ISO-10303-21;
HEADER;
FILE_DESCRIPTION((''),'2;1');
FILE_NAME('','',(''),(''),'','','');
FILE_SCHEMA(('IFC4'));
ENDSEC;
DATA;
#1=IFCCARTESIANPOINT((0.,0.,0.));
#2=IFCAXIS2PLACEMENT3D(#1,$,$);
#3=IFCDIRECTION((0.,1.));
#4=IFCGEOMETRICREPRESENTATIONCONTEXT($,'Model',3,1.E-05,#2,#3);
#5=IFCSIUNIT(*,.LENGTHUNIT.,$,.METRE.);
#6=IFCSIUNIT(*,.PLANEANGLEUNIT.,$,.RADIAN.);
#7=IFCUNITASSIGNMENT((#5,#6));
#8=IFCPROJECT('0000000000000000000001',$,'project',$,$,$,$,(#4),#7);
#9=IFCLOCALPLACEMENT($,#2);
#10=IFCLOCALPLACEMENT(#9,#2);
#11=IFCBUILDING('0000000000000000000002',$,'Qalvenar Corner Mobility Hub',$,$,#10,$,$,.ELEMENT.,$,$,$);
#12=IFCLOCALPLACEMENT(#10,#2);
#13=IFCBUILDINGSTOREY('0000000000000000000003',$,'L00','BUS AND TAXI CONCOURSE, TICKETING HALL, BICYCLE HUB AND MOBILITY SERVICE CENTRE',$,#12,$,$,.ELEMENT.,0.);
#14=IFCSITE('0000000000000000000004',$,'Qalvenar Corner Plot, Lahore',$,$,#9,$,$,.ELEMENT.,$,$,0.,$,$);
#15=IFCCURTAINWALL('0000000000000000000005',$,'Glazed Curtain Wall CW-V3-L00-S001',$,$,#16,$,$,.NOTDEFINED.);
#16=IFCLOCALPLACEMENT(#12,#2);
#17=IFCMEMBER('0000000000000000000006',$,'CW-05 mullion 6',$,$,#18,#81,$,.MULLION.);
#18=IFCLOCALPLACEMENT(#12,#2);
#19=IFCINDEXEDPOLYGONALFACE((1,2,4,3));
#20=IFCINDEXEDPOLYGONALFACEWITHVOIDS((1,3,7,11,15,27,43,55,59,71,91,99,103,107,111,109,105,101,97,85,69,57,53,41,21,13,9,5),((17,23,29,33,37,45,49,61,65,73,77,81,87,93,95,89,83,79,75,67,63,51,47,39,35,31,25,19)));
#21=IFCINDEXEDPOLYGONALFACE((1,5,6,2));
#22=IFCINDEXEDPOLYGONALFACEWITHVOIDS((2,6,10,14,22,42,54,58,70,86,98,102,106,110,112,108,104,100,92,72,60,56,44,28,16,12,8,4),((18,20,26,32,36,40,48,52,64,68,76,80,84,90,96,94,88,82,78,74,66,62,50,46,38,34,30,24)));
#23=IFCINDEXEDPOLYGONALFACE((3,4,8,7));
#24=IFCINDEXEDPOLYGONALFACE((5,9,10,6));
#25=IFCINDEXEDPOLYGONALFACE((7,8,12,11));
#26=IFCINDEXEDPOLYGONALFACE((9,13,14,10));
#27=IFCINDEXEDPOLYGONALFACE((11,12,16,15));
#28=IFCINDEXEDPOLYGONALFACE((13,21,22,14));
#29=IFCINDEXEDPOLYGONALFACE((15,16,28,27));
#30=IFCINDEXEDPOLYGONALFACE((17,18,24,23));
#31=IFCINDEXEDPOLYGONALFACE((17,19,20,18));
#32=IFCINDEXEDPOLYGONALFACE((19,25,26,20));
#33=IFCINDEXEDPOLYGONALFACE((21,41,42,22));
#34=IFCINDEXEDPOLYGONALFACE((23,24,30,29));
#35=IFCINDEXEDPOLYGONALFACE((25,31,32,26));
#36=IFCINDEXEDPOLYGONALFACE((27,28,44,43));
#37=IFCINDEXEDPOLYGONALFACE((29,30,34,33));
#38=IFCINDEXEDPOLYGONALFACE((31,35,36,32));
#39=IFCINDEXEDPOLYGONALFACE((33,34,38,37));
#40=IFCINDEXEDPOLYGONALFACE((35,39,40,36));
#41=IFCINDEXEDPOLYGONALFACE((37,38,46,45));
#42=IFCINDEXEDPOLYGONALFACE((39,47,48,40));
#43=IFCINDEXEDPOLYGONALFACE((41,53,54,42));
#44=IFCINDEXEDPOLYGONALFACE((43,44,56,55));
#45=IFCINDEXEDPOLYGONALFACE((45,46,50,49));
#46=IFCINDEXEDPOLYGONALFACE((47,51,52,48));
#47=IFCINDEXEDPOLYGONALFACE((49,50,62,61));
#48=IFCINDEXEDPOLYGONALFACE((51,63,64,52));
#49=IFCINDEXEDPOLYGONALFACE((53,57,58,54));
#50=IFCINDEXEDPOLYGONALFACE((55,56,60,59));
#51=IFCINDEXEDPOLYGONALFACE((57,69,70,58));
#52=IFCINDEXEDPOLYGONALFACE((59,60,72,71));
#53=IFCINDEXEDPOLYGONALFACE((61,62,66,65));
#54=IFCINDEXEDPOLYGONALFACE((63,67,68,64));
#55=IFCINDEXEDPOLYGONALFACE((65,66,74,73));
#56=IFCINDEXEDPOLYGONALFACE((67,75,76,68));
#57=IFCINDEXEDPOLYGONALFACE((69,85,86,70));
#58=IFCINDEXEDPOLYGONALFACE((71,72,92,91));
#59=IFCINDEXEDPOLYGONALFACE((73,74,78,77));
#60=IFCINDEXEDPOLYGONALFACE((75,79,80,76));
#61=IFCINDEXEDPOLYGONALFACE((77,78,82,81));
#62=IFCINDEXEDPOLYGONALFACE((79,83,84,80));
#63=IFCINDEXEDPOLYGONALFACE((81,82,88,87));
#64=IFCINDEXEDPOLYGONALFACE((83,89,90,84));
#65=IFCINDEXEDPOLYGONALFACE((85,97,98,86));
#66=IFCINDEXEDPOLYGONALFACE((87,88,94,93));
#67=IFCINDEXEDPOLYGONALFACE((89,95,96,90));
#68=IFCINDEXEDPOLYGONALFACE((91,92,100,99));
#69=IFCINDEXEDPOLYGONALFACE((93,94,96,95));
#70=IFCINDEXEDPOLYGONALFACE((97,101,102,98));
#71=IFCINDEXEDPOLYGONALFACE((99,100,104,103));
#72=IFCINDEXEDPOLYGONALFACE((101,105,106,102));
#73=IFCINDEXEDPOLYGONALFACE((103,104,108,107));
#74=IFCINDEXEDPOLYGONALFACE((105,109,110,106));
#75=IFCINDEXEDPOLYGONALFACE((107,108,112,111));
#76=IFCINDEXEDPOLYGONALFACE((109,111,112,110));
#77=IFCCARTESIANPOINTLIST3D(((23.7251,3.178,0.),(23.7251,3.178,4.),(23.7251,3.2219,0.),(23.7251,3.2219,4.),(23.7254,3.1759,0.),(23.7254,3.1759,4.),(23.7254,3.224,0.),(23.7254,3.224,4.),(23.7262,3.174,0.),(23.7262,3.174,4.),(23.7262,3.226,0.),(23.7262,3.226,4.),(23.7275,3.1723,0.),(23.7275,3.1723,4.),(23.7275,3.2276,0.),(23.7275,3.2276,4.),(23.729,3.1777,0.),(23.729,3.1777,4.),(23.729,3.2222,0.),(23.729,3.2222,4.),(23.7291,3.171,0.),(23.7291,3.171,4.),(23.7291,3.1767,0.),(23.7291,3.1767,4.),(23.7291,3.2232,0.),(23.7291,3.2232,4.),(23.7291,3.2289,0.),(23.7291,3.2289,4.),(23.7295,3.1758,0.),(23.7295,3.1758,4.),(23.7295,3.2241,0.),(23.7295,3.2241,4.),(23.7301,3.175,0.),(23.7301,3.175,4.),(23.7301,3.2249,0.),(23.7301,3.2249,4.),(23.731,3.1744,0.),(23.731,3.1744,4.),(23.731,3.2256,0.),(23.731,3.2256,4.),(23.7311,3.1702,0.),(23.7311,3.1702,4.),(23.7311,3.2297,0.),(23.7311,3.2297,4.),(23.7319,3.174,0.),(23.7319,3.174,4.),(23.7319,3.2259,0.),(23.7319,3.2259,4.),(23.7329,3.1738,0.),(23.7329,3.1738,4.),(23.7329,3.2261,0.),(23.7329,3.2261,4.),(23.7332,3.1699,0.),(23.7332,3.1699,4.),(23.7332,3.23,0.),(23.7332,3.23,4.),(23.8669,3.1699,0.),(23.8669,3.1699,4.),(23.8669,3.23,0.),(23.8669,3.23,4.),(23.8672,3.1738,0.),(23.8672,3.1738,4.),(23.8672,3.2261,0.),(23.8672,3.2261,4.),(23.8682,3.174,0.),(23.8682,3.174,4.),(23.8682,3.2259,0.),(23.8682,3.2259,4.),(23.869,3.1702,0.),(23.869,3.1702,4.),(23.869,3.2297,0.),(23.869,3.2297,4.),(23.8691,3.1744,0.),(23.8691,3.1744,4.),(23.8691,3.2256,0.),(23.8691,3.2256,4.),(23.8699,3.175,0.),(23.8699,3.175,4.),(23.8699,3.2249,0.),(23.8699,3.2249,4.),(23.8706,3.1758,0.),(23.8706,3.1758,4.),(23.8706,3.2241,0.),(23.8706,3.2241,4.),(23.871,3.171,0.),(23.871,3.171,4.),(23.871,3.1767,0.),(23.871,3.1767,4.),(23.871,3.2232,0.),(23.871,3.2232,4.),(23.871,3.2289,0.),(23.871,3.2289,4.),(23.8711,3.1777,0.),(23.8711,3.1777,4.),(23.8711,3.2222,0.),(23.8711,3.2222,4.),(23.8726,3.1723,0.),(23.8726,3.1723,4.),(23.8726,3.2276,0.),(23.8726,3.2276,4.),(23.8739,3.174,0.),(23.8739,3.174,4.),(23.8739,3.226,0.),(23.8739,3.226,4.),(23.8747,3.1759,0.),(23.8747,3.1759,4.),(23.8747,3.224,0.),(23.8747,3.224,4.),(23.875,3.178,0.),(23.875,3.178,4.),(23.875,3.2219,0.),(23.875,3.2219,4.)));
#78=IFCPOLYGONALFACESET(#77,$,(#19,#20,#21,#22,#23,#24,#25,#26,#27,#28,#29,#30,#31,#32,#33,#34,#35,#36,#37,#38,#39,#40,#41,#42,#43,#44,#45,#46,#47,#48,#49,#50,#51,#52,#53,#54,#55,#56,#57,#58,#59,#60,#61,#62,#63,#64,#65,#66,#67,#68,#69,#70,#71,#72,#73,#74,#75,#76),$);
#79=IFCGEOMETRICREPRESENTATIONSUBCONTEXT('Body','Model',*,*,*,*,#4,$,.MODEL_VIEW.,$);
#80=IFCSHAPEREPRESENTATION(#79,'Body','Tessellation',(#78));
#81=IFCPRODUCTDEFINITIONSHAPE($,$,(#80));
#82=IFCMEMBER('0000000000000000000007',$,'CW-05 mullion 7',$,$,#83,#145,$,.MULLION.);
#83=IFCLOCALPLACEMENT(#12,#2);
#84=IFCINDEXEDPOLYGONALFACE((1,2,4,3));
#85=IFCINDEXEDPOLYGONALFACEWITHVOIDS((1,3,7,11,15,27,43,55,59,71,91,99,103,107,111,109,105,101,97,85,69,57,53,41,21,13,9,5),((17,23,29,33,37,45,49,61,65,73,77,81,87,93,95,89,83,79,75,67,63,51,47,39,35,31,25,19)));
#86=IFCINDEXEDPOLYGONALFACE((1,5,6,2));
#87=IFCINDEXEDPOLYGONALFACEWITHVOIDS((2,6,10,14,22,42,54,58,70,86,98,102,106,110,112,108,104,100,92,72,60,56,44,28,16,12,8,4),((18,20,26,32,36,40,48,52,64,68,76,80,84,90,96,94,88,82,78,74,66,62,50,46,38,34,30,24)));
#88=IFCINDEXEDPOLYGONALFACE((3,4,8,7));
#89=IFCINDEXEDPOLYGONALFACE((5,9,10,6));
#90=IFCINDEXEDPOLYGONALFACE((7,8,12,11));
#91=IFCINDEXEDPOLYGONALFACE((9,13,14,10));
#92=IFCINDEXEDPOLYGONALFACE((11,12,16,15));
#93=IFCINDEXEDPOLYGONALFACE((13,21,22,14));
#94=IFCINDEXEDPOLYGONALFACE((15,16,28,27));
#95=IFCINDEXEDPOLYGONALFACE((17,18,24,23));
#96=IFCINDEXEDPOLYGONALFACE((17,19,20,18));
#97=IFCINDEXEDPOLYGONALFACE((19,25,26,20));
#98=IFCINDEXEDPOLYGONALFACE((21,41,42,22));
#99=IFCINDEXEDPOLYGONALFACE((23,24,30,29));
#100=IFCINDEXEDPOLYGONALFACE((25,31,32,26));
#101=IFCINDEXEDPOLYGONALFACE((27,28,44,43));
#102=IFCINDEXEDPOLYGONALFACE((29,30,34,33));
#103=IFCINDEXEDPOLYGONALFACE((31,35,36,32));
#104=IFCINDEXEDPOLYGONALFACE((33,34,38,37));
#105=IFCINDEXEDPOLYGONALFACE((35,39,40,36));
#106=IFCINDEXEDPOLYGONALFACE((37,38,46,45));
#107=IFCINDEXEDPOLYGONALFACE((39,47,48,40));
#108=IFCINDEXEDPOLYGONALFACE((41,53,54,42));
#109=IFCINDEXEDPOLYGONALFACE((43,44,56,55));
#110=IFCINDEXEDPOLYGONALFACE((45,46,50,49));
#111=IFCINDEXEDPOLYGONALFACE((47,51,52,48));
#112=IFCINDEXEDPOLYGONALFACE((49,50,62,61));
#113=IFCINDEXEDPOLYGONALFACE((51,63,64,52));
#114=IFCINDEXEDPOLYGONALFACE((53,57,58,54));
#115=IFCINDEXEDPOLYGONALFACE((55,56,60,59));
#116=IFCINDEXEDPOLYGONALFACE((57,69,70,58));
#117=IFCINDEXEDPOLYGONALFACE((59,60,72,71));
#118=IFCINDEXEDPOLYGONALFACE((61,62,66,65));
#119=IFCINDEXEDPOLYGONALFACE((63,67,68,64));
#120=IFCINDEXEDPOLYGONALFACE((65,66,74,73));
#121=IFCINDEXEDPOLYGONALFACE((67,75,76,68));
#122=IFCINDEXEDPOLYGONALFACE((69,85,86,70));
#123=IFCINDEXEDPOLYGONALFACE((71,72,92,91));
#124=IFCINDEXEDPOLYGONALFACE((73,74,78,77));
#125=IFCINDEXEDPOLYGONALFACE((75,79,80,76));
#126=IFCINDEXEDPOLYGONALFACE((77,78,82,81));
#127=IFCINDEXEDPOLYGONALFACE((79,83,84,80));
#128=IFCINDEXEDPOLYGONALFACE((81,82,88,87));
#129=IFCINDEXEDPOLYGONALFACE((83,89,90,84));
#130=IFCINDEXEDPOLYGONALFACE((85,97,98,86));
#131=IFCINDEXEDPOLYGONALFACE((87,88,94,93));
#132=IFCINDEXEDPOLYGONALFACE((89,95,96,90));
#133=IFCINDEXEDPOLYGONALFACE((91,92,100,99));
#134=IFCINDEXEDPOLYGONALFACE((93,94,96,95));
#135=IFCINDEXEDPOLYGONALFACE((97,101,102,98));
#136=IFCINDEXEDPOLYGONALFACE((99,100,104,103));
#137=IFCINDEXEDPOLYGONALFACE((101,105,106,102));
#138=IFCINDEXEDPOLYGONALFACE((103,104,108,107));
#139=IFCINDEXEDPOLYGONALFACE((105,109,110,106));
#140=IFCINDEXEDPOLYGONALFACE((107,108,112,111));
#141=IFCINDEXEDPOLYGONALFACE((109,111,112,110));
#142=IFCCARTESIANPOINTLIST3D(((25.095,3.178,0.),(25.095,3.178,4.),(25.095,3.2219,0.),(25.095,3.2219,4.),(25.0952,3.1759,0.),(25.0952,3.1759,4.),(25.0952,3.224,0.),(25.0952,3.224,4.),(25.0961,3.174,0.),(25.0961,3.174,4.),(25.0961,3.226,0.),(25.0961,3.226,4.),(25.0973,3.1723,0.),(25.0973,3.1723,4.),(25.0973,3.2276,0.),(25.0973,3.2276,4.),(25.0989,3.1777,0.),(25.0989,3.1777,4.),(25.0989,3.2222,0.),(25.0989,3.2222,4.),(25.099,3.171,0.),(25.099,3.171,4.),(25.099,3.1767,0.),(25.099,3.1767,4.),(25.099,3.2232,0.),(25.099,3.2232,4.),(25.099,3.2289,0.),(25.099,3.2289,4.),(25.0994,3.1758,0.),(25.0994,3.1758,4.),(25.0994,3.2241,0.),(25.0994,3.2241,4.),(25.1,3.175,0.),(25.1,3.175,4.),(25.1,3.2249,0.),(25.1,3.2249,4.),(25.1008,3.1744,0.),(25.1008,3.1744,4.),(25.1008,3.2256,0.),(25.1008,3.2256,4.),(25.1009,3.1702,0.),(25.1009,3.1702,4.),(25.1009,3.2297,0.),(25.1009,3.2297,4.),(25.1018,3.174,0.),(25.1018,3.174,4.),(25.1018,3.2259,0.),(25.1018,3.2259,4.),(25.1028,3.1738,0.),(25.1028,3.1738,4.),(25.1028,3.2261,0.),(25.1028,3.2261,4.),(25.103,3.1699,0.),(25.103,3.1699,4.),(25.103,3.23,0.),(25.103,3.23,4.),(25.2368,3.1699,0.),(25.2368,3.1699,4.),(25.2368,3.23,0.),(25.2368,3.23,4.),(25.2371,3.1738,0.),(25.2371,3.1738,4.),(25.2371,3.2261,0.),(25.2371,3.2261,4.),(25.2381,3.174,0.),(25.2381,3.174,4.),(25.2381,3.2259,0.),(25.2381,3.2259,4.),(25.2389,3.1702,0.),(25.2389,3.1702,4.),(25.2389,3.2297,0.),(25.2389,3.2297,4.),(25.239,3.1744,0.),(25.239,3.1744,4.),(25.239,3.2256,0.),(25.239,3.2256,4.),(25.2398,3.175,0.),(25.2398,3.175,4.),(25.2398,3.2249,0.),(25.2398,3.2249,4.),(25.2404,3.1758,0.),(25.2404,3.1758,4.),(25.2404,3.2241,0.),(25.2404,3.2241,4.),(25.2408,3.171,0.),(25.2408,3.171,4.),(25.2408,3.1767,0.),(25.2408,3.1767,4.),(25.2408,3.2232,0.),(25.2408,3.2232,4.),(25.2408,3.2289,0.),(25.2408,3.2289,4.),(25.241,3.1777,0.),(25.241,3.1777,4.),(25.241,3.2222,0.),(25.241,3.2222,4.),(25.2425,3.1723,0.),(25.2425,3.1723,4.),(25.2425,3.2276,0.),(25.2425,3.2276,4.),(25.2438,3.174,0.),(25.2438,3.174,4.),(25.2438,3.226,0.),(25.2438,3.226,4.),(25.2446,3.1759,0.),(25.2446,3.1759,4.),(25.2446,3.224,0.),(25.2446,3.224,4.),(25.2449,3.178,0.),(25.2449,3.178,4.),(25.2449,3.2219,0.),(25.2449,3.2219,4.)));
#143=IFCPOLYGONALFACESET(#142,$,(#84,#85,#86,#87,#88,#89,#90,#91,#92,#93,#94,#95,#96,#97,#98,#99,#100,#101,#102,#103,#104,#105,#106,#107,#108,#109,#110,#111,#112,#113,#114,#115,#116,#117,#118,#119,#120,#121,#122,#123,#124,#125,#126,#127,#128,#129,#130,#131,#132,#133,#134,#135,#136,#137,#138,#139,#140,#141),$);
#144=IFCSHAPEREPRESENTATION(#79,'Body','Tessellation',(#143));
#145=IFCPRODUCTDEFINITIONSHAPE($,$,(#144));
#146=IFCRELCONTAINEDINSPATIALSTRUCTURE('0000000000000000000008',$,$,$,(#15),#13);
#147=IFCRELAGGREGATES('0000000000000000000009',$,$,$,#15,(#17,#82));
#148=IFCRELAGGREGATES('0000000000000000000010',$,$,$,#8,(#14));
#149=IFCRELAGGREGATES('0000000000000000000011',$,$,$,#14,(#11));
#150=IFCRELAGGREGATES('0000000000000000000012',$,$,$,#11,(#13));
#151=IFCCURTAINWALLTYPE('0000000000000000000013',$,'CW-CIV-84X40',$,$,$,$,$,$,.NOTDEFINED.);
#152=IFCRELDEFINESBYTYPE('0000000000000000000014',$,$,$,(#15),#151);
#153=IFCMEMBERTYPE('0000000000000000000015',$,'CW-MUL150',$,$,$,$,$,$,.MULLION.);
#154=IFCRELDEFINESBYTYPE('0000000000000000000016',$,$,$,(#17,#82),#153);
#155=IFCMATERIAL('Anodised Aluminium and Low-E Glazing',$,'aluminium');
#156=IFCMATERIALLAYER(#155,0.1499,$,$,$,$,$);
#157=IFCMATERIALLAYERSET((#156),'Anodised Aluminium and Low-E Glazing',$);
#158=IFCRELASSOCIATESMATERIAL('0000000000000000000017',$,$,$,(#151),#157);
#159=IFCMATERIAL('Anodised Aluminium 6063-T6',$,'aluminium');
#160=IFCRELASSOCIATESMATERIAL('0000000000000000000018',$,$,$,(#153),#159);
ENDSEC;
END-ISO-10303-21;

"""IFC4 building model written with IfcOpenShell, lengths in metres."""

from ifc_helpers import new_model, si_unit, direction, frame, origin, origin_2d, place, context, subcontext, project, spatial, hollow_rectangle, extrude, material, layer, layer_set, material_profile, profile_set, type_object, element, aggregate, save


model = new_model("IFC4")

# Units and contexts
model_context = context("Model", 3, precision=1e-05, world=origin(), true_north=direction((0.0, 1.0)))
body_context = subcontext(model_context, "Body", "Model", "MODEL_VIEW")
ifc_project = project(units=[si_unit("LENGTHUNIT", "METRE"), si_unit("PLANEANGLEUNIT", "RADIAN")], contexts=[model_context])

# Site, building, storey
site_placement = place(None, origin())
site = spatial("IfcSite", under=ifc_project, at=site_placement, Name="Qalvenar Corner Plot, Lahore", CompositionType="ELEMENT", RefElevation=0.0)
building_placement = place(site_placement, origin())
building = spatial("IfcBuilding", under=site, at=building_placement, Name="Qalvenar Corner Mobility Hub", CompositionType="ELEMENT")
storey_placement = place(building_placement, origin())
storey = spatial("IfcBuildingStorey", under=building, at=storey_placement, Name="L00", Description="BUS AND TAXI CONCOURSE, TICKETING HALL, BICYCLE HUB AND MOBILITY SERVICE CENTRE", CompositionType="ELEMENT", Elevation=0.0)

# Curtain wall, members
ifc_material_1 = material(Name="Anodised Aluminium and Low-E Glazing", Category="aluminium")
ifc_layer_1 = layer(ifc_material_1, 0.1499)
ifc_layer_set_1 = layer_set([ifc_layer_1], Name="Anodised Aluminium and Low-E Glazing")
curtain_wall_type = type_object("IfcCurtainWallType", Name="CW-CIV-84X40", PredefinedType="NOTDEFINED", material=ifc_layer_set_1)
curtain_wall_placement = place(storey_placement, origin())
curtain_wall = element("IfcCurtainWall", 1, at=curtain_wall_placement, inside=storey, type_object=curtain_wall_type, Name="Glazed Curtain Wall CW-V3-L00-S001", PredefinedType="NOTDEFINED")
ifc_material_2 = material(Name="Anodised Aluminium 6063-T6", Category="aluminium")
ifc_material_profile_1 = material_profile(ifc_material_2, hollow_rectangle(XDim=0.0601, YDim=0.1499, WallThickness=0.0039, InnerFilletRadius=0.0039, OuterFilletRadius=0.0081, at=origin_2d()), Name="RHS150x60x4")
ifc_profile_set_1 = profile_set([ifc_material_profile_1], Name="Anodised Aluminium 6063-T6")
member_type_1 = type_object("IfcMemberType", Name="CW-MUL150", PredefinedType="MULLION", material=ifc_profile_set_1)
member_1_placement = place(storey_placement, frame((23.8, 3.2, 0.0), z_axis=(0.0, 0.0, 1.0), x_axis=(0.0, 1.0, 0.0)))
member_1 = element("IfcMember", 2, at=member_1_placement, type_object=member_type_1, Name="CW-05 mullion 6", PredefinedType="MULLION", context=body_context, shape_type="SweptSolid", body=[
    extrude(hollow_rectangle(XDim=0.0601, YDim=0.1499, WallThickness=0.0039, InnerFilletRadius=0.0039, OuterFilletRadius=0.0081, at=origin_2d()), origin(), (0.0, 0.0, 1.0), 4.0),
])
member_2_placement = place(storey_placement, frame((25.1699, 3.2, 0.0), z_axis=(0.0, 0.0, 1.0), x_axis=(0.0, 1.0, 0.0)))
member_2 = element("IfcMember", 3, at=member_2_placement, type_object=member_type_1, Name="CW-05 mullion 7", PredefinedType="MULLION", context=body_context, shape_type="SweptSolid", body=[
    extrude(hollow_rectangle(XDim=0.0601, YDim=0.1499, WallThickness=0.0039, InnerFilletRadius=0.0039, OuterFilletRadius=0.0081, at=origin_2d()), origin(), (0.0, 0.0, 1.0), 4.0),
])
aggregate(curtain_wall, [member_1, member_2])

save(model, "model.ifc")
